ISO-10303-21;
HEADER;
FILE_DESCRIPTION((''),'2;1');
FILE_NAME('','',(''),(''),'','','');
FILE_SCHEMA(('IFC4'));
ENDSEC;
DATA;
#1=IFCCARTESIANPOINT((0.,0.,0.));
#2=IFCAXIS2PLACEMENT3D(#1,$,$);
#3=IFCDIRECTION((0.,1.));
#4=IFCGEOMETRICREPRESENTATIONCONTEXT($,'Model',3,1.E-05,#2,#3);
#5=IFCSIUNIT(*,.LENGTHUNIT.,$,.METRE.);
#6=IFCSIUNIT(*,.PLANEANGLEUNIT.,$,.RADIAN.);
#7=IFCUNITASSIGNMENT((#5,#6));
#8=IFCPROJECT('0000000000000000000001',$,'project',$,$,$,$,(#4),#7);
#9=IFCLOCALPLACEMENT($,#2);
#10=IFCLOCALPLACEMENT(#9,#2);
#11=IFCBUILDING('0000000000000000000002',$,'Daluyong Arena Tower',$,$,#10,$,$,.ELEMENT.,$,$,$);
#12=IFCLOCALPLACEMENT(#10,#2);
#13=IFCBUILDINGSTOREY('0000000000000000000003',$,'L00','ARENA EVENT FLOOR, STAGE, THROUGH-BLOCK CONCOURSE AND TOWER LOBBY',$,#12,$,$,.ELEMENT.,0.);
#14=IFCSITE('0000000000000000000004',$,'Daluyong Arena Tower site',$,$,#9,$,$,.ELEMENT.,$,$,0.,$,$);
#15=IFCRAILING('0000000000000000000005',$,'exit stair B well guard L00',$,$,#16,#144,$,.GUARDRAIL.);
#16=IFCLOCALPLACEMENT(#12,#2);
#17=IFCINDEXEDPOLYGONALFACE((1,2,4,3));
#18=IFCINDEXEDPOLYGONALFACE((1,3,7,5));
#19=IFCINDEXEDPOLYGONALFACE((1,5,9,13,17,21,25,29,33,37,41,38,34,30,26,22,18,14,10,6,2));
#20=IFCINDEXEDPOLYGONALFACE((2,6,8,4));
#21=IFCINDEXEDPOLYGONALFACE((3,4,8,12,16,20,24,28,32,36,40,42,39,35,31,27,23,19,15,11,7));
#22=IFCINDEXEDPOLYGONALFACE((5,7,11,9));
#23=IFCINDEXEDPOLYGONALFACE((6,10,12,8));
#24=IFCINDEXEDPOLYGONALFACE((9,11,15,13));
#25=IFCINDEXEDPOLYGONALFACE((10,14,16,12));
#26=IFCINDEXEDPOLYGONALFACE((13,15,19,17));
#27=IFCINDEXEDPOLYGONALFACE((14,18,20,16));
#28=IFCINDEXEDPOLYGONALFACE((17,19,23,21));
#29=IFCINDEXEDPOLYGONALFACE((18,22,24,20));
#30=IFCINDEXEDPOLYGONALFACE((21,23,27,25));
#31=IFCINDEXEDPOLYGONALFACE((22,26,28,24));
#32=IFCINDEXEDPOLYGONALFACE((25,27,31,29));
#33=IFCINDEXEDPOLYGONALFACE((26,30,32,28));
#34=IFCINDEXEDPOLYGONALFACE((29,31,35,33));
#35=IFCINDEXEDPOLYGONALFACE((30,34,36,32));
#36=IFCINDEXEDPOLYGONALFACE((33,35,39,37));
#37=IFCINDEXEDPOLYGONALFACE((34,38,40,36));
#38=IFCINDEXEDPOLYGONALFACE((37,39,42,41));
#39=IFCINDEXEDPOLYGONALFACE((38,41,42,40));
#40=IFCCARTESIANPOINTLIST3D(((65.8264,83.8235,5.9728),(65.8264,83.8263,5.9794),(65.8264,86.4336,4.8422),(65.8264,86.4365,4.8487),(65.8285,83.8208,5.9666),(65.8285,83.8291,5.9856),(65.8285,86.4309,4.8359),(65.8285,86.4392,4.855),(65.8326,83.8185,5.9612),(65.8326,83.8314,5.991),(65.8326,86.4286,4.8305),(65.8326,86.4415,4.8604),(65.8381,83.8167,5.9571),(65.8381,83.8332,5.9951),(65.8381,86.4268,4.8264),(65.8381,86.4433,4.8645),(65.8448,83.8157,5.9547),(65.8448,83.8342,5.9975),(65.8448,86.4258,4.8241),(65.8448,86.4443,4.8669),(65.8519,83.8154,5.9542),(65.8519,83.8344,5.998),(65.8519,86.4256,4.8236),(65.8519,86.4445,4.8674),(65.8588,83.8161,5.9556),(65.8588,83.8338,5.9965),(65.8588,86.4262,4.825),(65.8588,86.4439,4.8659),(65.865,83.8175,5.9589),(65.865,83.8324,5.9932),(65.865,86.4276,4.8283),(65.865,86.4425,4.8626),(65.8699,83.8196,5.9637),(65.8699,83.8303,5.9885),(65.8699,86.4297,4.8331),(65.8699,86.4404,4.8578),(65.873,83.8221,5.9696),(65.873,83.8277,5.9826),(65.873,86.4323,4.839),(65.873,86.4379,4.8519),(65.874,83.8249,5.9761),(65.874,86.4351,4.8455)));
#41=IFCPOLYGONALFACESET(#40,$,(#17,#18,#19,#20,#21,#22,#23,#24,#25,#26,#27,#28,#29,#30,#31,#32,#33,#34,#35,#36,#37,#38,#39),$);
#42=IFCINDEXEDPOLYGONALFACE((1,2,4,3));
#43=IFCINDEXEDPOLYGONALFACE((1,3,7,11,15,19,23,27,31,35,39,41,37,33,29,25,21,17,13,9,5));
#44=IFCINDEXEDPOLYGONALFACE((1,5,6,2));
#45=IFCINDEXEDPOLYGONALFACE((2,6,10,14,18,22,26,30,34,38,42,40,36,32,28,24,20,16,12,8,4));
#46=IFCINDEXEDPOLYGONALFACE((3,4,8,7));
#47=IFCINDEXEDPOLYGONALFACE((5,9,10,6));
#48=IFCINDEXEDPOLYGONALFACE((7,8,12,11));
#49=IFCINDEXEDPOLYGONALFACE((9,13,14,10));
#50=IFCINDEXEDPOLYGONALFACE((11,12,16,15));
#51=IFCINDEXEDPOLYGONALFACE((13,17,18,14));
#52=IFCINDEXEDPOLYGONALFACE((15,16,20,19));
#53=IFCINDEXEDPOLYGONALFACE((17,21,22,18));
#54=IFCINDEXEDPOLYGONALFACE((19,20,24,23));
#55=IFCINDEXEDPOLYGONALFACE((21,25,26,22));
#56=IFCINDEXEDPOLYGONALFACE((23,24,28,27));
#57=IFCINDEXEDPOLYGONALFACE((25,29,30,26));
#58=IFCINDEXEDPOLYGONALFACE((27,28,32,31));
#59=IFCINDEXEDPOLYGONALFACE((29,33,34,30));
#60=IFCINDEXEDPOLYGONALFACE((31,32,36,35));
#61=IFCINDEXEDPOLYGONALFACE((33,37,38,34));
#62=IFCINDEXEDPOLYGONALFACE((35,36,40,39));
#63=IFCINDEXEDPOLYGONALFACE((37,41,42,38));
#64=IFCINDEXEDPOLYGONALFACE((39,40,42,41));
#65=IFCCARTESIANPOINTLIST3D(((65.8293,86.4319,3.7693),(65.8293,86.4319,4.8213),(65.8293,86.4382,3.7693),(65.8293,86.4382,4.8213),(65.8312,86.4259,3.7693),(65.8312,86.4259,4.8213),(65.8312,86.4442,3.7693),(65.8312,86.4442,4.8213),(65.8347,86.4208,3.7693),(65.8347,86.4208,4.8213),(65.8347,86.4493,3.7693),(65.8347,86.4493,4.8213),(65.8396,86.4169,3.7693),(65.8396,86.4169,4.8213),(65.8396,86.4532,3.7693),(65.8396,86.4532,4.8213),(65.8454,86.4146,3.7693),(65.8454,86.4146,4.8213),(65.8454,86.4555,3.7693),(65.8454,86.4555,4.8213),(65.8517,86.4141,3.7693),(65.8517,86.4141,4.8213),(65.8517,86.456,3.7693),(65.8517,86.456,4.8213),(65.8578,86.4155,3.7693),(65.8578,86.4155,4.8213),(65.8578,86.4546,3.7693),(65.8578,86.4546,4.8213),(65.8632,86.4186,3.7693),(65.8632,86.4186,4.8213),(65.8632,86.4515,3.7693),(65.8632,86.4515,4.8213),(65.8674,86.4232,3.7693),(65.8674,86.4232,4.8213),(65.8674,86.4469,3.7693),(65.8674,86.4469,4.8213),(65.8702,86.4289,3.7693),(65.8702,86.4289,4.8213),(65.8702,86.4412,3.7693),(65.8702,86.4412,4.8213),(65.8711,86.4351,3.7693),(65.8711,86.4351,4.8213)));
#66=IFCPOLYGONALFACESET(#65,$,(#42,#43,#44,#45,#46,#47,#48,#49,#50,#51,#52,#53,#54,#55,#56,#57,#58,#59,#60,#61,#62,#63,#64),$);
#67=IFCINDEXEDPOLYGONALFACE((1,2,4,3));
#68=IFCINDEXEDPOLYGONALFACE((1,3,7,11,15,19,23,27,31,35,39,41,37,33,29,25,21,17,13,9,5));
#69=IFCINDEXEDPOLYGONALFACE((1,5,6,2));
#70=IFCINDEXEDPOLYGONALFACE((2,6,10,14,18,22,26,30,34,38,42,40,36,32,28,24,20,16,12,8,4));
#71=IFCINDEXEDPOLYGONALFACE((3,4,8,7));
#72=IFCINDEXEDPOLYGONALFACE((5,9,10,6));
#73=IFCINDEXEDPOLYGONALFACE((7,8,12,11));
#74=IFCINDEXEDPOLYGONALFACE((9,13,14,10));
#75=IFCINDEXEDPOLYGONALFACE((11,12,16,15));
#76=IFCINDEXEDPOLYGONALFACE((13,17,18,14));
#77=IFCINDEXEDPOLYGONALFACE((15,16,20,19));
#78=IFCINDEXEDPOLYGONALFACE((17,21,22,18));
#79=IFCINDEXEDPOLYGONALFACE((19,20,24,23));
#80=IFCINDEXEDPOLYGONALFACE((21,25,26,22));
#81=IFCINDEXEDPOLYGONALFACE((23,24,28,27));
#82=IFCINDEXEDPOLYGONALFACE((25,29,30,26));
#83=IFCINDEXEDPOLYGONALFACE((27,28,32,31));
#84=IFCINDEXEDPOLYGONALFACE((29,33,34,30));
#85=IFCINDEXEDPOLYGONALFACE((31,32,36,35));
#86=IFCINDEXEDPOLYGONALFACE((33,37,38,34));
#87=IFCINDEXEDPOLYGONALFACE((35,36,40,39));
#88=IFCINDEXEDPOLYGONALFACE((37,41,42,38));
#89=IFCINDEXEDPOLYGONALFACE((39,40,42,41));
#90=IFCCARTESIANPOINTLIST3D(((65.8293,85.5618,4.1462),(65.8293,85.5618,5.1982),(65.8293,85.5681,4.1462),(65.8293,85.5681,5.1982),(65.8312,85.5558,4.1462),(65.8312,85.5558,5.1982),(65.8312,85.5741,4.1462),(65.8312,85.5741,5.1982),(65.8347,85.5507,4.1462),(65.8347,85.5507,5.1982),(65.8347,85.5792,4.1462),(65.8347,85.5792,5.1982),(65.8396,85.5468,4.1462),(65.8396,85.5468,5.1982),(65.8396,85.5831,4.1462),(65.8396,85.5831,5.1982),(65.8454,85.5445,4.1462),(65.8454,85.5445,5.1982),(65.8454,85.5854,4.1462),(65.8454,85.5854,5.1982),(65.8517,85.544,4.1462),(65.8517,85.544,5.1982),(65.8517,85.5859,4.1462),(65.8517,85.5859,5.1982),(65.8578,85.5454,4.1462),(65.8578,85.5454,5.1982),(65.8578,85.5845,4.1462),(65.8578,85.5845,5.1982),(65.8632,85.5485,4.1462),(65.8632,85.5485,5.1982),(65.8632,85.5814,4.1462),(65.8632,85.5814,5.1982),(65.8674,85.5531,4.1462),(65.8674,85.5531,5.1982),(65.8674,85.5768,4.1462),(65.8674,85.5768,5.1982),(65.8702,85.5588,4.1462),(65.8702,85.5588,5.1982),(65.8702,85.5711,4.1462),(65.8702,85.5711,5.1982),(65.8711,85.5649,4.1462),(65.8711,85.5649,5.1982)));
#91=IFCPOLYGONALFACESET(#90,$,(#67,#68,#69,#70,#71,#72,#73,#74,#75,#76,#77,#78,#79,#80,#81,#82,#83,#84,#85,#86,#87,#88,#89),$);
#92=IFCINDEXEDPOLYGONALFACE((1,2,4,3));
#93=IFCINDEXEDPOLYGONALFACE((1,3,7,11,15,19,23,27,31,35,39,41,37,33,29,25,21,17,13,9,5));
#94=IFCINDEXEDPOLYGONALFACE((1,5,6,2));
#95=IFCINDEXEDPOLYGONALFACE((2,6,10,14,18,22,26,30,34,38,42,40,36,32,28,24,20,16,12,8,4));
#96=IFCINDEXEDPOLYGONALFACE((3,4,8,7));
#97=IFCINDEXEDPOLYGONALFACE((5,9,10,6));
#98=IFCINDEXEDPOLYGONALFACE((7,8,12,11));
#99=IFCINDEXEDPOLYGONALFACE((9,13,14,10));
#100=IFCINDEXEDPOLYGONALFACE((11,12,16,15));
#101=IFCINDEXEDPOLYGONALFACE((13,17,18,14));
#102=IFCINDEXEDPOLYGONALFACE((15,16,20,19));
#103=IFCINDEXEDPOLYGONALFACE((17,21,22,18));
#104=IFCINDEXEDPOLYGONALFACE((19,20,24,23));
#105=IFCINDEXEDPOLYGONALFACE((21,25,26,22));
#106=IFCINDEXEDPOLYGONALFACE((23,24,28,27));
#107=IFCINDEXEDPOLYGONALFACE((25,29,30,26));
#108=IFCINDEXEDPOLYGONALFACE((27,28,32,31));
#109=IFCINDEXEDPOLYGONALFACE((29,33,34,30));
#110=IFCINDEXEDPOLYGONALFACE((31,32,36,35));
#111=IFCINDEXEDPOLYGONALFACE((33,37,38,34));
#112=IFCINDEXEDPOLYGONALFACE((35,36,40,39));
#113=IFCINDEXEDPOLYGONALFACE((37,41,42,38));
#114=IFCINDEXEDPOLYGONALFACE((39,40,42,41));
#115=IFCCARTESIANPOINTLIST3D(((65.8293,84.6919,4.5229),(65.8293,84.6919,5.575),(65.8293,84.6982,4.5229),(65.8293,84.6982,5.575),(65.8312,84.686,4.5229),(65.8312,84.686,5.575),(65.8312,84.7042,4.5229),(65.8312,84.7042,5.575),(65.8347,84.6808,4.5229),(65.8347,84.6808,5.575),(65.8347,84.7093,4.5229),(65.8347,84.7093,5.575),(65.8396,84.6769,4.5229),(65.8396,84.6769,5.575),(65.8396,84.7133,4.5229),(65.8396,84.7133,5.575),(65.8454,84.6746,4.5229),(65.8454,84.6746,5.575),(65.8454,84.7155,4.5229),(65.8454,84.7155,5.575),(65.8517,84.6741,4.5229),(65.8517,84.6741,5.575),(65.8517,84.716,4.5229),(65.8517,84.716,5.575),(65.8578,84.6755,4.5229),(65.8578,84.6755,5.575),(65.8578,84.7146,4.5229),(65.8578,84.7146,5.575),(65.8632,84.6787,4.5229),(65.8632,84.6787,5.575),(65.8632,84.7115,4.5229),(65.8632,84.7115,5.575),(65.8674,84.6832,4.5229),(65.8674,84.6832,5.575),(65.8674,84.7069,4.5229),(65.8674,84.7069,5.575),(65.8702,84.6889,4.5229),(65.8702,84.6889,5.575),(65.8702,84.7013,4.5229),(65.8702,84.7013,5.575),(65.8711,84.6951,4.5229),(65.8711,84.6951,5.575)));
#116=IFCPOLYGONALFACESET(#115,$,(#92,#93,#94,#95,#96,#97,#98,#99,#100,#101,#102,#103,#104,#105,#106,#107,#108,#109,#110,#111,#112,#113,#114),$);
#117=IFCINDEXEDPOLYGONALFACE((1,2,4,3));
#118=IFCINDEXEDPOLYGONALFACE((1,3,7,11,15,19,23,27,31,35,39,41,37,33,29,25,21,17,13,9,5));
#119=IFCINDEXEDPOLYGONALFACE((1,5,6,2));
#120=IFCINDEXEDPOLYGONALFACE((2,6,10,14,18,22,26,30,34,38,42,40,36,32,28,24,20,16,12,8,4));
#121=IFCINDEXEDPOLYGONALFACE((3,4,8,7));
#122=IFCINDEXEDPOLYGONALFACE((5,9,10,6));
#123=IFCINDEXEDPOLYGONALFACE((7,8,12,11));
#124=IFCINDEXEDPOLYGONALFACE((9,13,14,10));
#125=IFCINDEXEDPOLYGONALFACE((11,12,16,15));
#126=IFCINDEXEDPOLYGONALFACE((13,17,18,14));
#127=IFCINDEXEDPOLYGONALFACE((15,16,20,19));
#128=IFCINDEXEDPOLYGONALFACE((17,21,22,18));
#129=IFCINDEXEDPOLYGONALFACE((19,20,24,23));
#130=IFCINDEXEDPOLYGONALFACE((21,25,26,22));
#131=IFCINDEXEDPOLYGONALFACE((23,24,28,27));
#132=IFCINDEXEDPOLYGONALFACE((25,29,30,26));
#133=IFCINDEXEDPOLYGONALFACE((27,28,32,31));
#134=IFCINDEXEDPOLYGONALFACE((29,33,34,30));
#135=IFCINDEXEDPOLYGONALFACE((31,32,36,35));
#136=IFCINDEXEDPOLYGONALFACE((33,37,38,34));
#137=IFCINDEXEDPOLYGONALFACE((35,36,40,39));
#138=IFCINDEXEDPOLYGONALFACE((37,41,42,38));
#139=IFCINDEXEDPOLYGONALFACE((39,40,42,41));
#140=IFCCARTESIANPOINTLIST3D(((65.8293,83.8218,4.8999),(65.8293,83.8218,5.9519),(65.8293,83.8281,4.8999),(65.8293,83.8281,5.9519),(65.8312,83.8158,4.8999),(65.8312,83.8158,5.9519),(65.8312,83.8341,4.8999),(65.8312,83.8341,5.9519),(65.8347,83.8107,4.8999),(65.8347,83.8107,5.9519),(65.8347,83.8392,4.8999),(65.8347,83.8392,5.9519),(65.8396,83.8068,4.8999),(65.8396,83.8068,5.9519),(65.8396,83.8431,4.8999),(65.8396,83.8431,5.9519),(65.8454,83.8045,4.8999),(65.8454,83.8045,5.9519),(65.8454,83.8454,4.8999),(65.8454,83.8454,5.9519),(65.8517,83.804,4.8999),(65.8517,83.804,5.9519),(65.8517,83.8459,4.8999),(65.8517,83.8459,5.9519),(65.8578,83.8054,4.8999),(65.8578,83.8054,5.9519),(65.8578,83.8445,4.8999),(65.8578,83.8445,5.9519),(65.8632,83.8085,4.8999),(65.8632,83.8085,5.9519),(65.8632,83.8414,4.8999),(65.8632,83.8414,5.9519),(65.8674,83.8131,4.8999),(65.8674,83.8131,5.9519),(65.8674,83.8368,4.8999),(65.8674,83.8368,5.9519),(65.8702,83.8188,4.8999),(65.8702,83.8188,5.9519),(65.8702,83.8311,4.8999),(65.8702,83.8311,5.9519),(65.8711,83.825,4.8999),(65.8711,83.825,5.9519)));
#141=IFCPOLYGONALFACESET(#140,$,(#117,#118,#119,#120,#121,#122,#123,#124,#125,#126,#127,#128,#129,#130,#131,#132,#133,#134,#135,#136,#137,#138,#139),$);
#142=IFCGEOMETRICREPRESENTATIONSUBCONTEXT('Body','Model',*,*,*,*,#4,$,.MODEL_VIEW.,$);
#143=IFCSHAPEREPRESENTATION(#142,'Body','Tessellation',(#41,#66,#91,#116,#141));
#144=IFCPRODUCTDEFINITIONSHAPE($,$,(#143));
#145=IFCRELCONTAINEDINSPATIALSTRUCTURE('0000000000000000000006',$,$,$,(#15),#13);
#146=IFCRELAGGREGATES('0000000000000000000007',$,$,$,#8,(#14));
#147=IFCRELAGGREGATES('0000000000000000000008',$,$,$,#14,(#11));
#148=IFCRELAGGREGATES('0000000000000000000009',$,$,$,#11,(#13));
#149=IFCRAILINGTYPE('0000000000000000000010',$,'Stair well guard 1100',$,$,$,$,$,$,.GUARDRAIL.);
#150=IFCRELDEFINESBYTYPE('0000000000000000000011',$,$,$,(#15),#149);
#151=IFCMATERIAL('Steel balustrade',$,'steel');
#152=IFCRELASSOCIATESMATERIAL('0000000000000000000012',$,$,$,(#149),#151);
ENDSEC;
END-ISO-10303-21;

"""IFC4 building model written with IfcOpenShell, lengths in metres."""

from ifc_helpers import new_model, si_unit, direction, frame, origin, origin_2d, place, context, subcontext, project, spatial, circle, extrude, material, type_object, element, save


model = new_model("IFC4")

# Units and contexts
model_context = context("Model", 3, precision=1e-05, world=origin(), true_north=direction((0.0, 1.0)))
body_context = subcontext(model_context, "Body", "Model", "MODEL_VIEW")
ifc_project = project(units=[si_unit("LENGTHUNIT", "METRE"), si_unit("PLANEANGLEUNIT", "RADIAN")], contexts=[model_context])

# Site, building, storey
site_placement = place(None, origin())
site = spatial("IfcSite", under=ifc_project, at=site_placement, Name="Daluyong Arena Tower site", CompositionType="ELEMENT", RefElevation=0.0)
building_placement = place(site_placement, origin())
building = spatial("IfcBuilding", under=site, at=building_placement, Name="Daluyong Arena Tower", CompositionType="ELEMENT")
storey_placement = place(building_placement, origin())
storey = spatial("IfcBuildingStorey", under=building, at=storey_placement, Name="L00", Description="ARENA EVENT FLOOR, STAGE, THROUGH-BLOCK CONCOURSE AND TOWER LOBBY", CompositionType="ELEMENT", Elevation=0.0)

# Railing
ifc_material_1 = material(Name="Steel balustrade", Category="steel")
railing_type_1 = type_object("IfcRailingType", Name="Stair well guard 1100", PredefinedType="GUARDRAIL", material=ifc_material_1)
railing_1_placement = place(storey_placement, frame((65.8501, 86.4351, 3.7693)))
element("IfcRailing", 1, at=railing_1_placement, inside=storey, type_object=railing_type_1, Name="exit stair B well guard L00", PredefinedType="GUARDRAIL", context=body_context, shape_type="SweptSolid", body=[
    extrude(circle(Radius=0.0239, at=origin_2d()), frame((0.0, 0.0, 1.0762), z_axis=(0.0, -0.917611, 0.39748), x_axis=(1.0, 0.0, 0.0)), (0.0, 0.0, 1.0), 2.8445),
    extrude(circle(Radius=0.021, at=origin_2d()), origin(), (0.0, 0.0, 1.0), 1.052),
    extrude(circle(Radius=0.021, at=origin_2d()), frame((0.0, -0.8701, 0.377)), (0.0, 0.0, 1.0), 1.052),
    extrude(circle(Radius=0.021, at=origin_2d()), frame((0.0, -1.74, 0.7537)), (0.0, 0.0, 1.0), 1.052),
    extrude(circle(Radius=0.021, at=origin_2d()), frame((0.0, -2.6101, 1.1306)), (0.0, 0.0, 1.0), 1.052),
])

save(model, "model.ifc")
